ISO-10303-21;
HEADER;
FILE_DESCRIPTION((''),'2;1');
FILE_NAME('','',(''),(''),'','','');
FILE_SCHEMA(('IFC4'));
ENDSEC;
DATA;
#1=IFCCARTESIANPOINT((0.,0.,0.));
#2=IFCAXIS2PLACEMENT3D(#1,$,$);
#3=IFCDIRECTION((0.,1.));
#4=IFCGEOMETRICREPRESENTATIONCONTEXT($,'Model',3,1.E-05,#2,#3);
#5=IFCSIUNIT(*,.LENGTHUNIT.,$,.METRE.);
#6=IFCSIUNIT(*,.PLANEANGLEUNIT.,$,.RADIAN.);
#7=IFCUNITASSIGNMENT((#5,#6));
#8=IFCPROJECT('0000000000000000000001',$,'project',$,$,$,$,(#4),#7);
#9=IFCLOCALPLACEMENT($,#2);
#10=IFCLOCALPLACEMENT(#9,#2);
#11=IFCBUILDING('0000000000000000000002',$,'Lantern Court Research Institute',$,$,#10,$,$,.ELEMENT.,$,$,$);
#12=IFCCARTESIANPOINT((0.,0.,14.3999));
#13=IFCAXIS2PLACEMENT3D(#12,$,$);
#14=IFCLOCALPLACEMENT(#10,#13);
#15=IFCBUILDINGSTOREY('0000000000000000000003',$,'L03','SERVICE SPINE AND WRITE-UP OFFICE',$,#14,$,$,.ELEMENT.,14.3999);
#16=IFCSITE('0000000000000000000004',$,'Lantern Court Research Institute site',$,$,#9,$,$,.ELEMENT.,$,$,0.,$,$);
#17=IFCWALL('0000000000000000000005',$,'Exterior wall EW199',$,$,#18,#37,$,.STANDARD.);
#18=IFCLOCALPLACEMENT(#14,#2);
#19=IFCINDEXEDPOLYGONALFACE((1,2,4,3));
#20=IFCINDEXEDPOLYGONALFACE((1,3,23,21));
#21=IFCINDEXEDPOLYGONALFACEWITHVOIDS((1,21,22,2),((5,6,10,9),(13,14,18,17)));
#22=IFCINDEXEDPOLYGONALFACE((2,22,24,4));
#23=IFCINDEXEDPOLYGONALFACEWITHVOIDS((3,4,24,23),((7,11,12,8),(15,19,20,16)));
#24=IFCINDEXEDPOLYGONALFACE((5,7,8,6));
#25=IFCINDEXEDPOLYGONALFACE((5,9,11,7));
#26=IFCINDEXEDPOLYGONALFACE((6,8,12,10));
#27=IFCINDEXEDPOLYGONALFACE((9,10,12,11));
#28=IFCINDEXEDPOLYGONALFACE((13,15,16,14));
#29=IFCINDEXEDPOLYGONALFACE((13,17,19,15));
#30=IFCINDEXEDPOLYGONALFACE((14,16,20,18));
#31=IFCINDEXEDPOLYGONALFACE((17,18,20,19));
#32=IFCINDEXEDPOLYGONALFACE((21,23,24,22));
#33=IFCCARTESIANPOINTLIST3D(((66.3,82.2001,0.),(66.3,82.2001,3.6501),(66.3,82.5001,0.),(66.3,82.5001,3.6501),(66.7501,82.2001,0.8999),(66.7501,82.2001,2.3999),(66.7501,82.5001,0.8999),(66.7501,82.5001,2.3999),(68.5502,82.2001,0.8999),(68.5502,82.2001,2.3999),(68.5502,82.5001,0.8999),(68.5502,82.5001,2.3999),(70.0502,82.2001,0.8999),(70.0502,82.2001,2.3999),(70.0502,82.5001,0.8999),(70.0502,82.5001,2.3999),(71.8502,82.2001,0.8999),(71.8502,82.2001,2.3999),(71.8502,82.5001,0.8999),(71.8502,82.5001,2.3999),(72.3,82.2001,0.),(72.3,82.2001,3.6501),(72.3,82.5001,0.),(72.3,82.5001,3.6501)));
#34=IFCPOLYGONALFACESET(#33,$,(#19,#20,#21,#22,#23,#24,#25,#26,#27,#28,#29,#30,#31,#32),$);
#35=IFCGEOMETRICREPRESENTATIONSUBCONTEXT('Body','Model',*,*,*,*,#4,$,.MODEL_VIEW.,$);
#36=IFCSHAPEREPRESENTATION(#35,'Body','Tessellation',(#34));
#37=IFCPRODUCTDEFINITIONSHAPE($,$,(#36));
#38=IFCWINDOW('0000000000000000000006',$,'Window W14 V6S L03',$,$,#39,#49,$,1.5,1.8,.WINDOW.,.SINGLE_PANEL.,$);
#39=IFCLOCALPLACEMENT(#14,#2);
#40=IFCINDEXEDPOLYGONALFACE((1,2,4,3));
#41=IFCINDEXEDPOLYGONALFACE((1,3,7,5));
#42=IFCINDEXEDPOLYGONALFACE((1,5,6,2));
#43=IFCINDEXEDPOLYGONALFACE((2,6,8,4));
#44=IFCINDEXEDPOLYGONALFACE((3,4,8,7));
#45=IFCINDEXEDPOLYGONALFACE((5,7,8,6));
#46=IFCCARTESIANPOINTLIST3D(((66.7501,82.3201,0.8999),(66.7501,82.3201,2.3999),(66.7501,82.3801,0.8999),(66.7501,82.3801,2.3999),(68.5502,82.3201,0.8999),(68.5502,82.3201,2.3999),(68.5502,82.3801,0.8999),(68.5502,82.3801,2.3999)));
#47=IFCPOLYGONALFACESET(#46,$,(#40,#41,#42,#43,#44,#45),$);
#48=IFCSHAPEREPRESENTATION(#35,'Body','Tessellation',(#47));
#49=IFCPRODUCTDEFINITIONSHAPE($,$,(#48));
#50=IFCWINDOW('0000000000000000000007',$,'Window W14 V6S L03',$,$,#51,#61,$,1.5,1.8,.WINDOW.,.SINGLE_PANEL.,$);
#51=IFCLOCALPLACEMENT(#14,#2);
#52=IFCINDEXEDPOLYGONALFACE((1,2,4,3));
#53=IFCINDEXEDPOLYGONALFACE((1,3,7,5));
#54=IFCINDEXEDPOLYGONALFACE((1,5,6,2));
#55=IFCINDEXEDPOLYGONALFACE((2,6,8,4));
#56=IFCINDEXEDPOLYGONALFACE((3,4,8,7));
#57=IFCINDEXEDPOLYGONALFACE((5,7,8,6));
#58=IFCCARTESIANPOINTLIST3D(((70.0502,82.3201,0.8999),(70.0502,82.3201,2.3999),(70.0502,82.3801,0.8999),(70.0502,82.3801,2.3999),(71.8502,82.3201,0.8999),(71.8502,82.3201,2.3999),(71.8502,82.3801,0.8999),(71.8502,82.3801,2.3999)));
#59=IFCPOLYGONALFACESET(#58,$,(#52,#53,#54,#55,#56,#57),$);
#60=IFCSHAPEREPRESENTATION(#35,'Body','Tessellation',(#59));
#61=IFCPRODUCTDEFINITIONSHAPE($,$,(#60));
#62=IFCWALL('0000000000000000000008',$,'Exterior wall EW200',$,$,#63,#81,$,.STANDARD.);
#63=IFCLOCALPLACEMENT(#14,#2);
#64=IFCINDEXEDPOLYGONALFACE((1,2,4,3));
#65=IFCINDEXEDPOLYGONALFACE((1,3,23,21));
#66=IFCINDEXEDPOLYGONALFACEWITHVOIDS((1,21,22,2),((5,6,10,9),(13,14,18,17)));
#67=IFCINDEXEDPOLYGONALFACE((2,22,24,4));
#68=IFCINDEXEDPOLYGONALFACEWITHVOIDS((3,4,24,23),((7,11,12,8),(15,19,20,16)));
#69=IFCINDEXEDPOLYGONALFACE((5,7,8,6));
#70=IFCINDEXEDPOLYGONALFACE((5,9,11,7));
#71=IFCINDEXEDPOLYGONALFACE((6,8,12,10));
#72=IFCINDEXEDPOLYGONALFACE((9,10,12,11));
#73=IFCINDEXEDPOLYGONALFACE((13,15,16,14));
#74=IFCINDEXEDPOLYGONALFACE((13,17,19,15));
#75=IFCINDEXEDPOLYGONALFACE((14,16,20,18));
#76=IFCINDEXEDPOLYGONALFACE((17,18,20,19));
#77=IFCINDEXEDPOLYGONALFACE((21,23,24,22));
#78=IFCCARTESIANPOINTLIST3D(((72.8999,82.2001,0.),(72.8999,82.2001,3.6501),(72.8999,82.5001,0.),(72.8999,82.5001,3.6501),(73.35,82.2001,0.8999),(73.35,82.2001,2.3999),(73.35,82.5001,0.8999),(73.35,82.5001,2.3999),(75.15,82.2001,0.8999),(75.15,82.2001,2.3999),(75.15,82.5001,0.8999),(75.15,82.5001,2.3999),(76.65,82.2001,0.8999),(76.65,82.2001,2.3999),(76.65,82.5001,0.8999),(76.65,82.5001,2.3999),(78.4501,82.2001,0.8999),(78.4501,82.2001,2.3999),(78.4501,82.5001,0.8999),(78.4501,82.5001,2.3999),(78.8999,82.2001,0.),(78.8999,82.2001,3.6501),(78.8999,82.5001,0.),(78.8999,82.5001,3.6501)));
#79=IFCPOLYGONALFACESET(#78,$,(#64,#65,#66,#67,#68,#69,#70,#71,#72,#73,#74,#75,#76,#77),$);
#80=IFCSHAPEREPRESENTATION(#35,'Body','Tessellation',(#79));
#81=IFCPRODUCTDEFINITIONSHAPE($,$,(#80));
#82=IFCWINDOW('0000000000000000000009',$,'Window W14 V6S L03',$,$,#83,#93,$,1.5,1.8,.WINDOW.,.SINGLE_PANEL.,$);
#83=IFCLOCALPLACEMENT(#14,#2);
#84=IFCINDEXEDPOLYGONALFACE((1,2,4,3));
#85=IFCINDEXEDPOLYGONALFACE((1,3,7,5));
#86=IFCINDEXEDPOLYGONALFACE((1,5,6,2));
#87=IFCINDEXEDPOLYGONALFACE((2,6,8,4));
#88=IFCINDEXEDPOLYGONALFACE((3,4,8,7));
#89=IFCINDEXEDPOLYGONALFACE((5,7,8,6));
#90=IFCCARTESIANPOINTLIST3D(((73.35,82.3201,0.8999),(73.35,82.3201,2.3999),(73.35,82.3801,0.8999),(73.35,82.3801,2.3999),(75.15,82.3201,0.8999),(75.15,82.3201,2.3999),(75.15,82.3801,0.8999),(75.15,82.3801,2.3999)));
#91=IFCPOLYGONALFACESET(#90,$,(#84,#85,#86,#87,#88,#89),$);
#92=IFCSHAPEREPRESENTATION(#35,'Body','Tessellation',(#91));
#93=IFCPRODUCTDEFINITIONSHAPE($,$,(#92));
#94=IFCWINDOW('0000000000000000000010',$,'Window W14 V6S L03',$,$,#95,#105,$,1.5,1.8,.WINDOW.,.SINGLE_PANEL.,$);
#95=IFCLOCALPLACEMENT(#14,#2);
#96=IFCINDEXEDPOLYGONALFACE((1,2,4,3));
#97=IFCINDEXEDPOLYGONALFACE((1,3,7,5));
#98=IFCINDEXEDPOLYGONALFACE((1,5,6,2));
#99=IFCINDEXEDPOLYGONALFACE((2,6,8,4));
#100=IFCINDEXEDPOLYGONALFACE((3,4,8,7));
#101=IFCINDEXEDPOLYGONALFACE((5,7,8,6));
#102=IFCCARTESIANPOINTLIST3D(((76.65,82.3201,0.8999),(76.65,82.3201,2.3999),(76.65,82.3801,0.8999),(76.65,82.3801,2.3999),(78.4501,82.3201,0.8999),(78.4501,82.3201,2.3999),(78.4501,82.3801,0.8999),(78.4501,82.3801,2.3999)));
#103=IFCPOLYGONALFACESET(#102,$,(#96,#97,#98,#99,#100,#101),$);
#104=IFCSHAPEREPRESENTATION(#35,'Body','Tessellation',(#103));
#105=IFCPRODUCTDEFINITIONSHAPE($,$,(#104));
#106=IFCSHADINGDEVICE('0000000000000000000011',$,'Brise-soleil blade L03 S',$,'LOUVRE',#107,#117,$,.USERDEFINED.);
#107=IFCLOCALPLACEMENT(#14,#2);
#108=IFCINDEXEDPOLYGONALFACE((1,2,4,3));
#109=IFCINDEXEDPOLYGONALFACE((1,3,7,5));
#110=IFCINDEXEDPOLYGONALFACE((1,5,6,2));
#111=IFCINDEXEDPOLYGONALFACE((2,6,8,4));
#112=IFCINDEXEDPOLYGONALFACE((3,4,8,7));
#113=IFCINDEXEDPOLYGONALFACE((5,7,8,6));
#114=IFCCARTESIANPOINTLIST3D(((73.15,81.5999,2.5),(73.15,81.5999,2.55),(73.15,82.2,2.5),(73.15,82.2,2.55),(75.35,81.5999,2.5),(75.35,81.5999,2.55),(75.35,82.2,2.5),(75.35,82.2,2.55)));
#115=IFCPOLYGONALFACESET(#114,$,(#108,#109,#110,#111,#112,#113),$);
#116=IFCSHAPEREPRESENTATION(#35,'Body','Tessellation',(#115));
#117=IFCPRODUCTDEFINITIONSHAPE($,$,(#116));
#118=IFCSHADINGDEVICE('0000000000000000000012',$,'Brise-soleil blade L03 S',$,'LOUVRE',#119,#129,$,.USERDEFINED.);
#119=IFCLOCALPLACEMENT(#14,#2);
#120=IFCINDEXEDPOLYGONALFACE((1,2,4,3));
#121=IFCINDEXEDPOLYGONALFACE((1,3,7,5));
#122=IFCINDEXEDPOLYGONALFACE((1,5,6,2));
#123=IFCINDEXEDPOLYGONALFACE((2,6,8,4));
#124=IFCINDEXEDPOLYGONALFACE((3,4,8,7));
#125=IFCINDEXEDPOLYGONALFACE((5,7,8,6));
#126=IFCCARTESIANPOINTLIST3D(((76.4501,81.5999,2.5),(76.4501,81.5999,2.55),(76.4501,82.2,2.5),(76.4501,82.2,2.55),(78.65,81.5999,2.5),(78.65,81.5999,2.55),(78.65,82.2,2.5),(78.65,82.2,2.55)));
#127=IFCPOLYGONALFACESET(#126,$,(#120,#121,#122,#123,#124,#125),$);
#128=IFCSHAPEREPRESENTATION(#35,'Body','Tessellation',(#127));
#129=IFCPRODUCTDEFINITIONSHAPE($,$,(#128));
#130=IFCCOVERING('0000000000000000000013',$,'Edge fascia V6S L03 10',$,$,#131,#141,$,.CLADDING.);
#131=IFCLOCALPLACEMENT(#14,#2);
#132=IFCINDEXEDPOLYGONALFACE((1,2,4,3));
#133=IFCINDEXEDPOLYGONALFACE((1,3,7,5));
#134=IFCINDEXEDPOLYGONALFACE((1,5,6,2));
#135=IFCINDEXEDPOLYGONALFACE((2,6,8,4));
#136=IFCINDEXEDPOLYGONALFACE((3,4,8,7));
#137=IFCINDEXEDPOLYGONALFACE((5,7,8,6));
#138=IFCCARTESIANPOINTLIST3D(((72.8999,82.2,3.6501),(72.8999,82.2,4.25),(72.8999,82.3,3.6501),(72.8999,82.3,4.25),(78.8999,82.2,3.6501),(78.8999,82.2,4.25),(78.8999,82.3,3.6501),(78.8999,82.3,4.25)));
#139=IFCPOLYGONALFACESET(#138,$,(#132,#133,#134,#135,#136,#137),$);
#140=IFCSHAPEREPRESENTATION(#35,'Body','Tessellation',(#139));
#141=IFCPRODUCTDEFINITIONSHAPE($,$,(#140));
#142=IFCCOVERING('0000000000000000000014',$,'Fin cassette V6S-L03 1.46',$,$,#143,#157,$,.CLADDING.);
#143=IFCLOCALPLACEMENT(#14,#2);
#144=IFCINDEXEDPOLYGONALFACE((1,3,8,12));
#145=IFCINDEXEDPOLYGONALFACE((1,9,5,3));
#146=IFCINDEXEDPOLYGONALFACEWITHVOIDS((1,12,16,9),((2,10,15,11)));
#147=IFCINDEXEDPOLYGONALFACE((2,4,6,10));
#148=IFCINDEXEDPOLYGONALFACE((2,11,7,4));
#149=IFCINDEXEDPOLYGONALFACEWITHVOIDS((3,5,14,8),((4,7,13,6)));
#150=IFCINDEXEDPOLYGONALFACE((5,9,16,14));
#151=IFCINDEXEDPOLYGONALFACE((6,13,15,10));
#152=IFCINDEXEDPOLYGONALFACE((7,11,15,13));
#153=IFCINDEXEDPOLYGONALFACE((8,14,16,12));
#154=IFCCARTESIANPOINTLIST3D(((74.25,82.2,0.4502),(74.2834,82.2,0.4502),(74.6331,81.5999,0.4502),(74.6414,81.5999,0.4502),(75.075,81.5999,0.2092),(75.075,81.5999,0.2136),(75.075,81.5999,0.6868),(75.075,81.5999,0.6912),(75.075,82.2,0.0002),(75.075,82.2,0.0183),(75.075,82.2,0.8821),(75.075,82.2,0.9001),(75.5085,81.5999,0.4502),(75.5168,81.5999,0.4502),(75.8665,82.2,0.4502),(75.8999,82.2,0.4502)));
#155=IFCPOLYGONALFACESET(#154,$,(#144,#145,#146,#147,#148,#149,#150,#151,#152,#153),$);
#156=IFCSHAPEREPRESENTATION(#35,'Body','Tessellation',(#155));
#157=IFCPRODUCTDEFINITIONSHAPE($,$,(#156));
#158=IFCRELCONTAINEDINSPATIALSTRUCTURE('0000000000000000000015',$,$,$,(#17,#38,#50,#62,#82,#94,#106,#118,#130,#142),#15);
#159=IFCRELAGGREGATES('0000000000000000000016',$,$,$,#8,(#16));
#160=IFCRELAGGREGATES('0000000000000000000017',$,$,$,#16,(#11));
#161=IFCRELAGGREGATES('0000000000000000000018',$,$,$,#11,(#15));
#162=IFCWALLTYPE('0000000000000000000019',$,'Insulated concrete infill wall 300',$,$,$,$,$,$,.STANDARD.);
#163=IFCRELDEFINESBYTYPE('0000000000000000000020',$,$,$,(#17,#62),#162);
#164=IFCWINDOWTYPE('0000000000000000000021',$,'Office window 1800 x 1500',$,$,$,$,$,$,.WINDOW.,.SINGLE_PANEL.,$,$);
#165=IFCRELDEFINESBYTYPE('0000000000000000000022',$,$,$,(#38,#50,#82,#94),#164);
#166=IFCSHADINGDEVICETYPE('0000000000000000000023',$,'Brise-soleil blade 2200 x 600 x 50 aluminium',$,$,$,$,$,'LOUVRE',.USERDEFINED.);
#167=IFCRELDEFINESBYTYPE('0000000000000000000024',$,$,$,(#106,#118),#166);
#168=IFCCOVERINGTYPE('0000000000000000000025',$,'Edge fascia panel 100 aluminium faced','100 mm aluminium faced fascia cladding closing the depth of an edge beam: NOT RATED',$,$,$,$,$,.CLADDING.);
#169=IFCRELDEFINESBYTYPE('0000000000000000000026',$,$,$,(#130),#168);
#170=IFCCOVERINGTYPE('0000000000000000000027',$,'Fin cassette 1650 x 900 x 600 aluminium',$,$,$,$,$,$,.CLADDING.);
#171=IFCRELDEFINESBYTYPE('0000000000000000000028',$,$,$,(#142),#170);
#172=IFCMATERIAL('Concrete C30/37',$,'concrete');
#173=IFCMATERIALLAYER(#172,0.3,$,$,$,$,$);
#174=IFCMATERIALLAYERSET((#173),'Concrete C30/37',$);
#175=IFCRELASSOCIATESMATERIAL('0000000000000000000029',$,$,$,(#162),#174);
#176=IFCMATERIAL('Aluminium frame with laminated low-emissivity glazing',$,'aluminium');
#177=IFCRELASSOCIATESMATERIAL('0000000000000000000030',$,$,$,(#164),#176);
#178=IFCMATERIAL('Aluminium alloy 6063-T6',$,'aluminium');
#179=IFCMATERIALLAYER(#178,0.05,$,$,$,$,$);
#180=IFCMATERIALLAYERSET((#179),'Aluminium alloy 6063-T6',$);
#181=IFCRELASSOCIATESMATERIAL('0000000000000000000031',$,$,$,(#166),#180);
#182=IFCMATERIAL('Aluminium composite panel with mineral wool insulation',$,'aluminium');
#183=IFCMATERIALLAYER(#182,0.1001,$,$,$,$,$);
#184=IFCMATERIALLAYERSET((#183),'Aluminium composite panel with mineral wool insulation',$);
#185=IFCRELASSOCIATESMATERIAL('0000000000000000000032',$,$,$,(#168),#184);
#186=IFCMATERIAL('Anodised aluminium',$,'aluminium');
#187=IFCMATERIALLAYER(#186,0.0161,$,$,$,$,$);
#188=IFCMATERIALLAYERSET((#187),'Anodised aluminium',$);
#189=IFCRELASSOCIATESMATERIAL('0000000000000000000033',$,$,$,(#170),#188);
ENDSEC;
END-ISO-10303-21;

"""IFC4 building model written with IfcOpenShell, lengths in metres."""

from ifc_helpers import new_model, entity, si_unit, direction, frame, frame_2d, origin, origin_2d, place, context, subcontext, project, spatial, rectangle, extrude, material, layer, layer_set, type_object, element, fill, save


model = new_model("IFC4")

# Units and contexts
model_context = context("Model", 3, precision=1e-05, world=origin(), true_north=direction((0.0, 1.0)))
body_context = subcontext(model_context, "Body", "Model", "MODEL_VIEW")
ifc_project = project(units=[si_unit("LENGTHUNIT", "METRE"), si_unit("PLANEANGLEUNIT", "RADIAN")], contexts=[model_context])

# Site, building, storey
site_placement = place(None, origin())
site = spatial("IfcSite", under=ifc_project, at=site_placement, Name="Lantern Court Research Institute site", CompositionType="ELEMENT", RefElevation=0.0)
building_placement = place(site_placement, origin())
building = spatial("IfcBuilding", under=site, at=building_placement, Name="Lantern Court Research Institute", CompositionType="ELEMENT")
storey_placement = place(building_placement, frame((0.0, 0.0, 14.3999)))
storey = spatial("IfcBuildingStorey", under=building, at=storey_placement, Name="L03", Description="SERVICE SPINE AND WRITE-UP OFFICE", CompositionType="ELEMENT", Elevation=14.3999)

# Walls, openings, windows
ifc_material_1 = material(Name="Concrete C30/37", Category="concrete")
ifc_layer_1 = layer(ifc_material_1, 0.3)
ifc_layer_set_1 = layer_set([ifc_layer_1], Name="Concrete C30/37")
wall_type = type_object("IfcWallType", Name="Insulated concrete infill wall 300", PredefinedType="STANDARD", material=ifc_layer_set_1)
wall_1_placement = place(storey_placement, frame((72.3, 82.3501, 0.0), z_axis=(0.0, 0.0, 1.0), x_axis=(-1.0, 0.0, 0.0)))
wall_1 = element("IfcWall", 1, at=wall_1_placement, inside=storey, type_object=wall_type, Name="Exterior wall EW199", PredefinedType="STANDARD", context=body_context, shape_type="SweptSolid", body=[
    extrude(rectangle(XDim=6.0, YDim=0.3, at=frame_2d((3.0, 0.0))), origin(), (0.0, 0.0, 1.0), 3.6501),
])
opening_1_placement = place(wall_1_placement, frame((3.75, 0.0, 0.8999)))
opening_1 = element("IfcOpeningElement", 2, at=opening_1_placement, cuts=wall_1, PredefinedType="OPENING", context=body_context, shape_type="SweptSolid", body=[
    extrude(rectangle(XDim=1.8, YDim=1.5, at=frame_2d((0.8999, 0.75))), frame((0.0, 0.1599, 0.0), z_axis=(0.0, -1.0, 0.0), x_axis=(1.0, 0.0, 0.0)), (0.0, 0.0, 1.0), 0.3201),
])
opening_2_placement = place(wall_1_placement, frame((0.45, 0.0, 0.8999)))
opening_2 = element("IfcOpeningElement", 3, at=opening_2_placement, cuts=wall_1, PredefinedType="OPENING", context=body_context, shape_type="SweptSolid", body=[
    extrude(rectangle(XDim=1.8, YDim=1.5, at=frame_2d((0.8999, 0.75))), frame((0.0, 0.1599, 0.0), z_axis=(0.0, -1.0, 0.0), x_axis=(1.0, 0.0, 0.0)), (0.0, 0.0, 1.0), 0.3201),
])
ifc_material_2 = material(Name="Aluminium frame with laminated low-emissivity glazing", Category="aluminium")
window_type = type_object("IfcWindowType", Name="Office window 1800 x 1500", PartitioningType="SINGLE_PANEL", PredefinedType="WINDOW", material=ifc_material_2)
window_1_placement = place(opening_1_placement, origin())
window_1 = element("IfcWindow", 4, at=window_1_placement, inside=storey, type_object=window_type, Name="Window W14 V6S L03", OverallHeight=1.5, OverallWidth=1.8, PartitioningType="SINGLE_PANEL", PredefinedType="WINDOW", context=body_context, shape_type="SweptSolid", body=[
    extrude(rectangle(XDim=1.8, YDim=1.5, at=frame_2d((0.8999, 0.75))), frame((0.0, 0.03, 0.0), z_axis=(0.0, -1.0, 0.0), x_axis=(1.0, 0.0, 0.0)), (0.0, 0.0, 1.0), 0.0601),
])
fill(opening_1, window_1)
window_2_placement = place(opening_2_placement, origin())
window_2 = element("IfcWindow", 5, at=window_2_placement, inside=storey, type_object=window_type, Name="Window W14 V6S L03", OverallHeight=1.5, OverallWidth=1.8, PartitioningType="SINGLE_PANEL", PredefinedType="WINDOW", context=body_context, shape_type="SweptSolid", body=[
    extrude(rectangle(XDim=1.8, YDim=1.5, at=frame_2d((0.8999, 0.75))), frame((0.0, 0.03, 0.0), z_axis=(0.0, -1.0, 0.0), x_axis=(1.0, 0.0, 0.0)), (0.0, 0.0, 1.0), 0.0601),
])
fill(opening_2, window_2)
wall_2_placement = place(storey_placement, frame((78.8999, 82.3501, 0.0), z_axis=(0.0, 0.0, 1.0), x_axis=(-1.0, 0.0, 0.0)))
wall_2 = element("IfcWall", 6, at=wall_2_placement, inside=storey, type_object=wall_type, Name="Exterior wall EW200", PredefinedType="STANDARD", context=body_context, shape_type="SweptSolid", body=[
    extrude(rectangle(XDim=6.0, YDim=0.3, at=frame_2d((3.0, 0.0))), origin(), (0.0, 0.0, 1.0), 3.6501),
])
opening_3_placement = place(wall_2_placement, frame((3.75, 0.0, 0.8999)))
opening_3 = element("IfcOpeningElement", 7, at=opening_3_placement, cuts=wall_2, PredefinedType="OPENING", context=body_context, shape_type="SweptSolid", body=[
    extrude(rectangle(XDim=1.8, YDim=1.5, at=frame_2d((0.8999, 0.75))), frame((0.0, 0.1599, 0.0), z_axis=(0.0, -1.0, 0.0), x_axis=(1.0, 0.0, 0.0)), (0.0, 0.0, 1.0), 0.3201),
])
opening_4_placement = place(wall_2_placement, frame((0.45, 0.0, 0.8999)))
opening_4 = element("IfcOpeningElement", 8, at=opening_4_placement, cuts=wall_2, PredefinedType="OPENING", context=body_context, shape_type="SweptSolid", body=[
    extrude(rectangle(XDim=1.8, YDim=1.5, at=frame_2d((0.8999, 0.75))), frame((0.0, 0.1599, 0.0), z_axis=(0.0, -1.0, 0.0), x_axis=(1.0, 0.0, 0.0)), (0.0, 0.0, 1.0), 0.3201),
])
window_3_placement = place(opening_3_placement, origin())
window_3 = element("IfcWindow", 9, at=window_3_placement, inside=storey, type_object=window_type, Name="Window W14 V6S L03", OverallHeight=1.5, OverallWidth=1.8, PartitioningType="SINGLE_PANEL", PredefinedType="WINDOW", context=body_context, shape_type="SweptSolid", body=[
    extrude(rectangle(XDim=1.8, YDim=1.5, at=frame_2d((0.8999, 0.75))), frame((0.0, 0.03, 0.0), z_axis=(0.0, -1.0, 0.0), x_axis=(1.0, 0.0, 0.0)), (0.0, 0.0, 1.0), 0.0601),
])
fill(opening_3, window_3)
window_4_placement = place(opening_4_placement, origin())
window_4 = element("IfcWindow", 10, at=window_4_placement, inside=storey, type_object=window_type, Name="Window W14 V6S L03", OverallHeight=1.5, OverallWidth=1.8, PartitioningType="SINGLE_PANEL", PredefinedType="WINDOW", context=body_context, shape_type="SweptSolid", body=[
    extrude(rectangle(XDim=1.8, YDim=1.5, at=frame_2d((0.8999, 0.75))), frame((0.0, 0.03, 0.0), z_axis=(0.0, -1.0, 0.0), x_axis=(1.0, 0.0, 0.0)), (0.0, 0.0, 1.0), 0.0601),
])
fill(opening_4, window_4)

# Shading devices
ifc_material_3 = material(Name="Aluminium alloy 6063-T6", Category="aluminium")
ifc_layer_2 = layer(ifc_material_3, 0.05)
ifc_layer_set_2 = layer_set([ifc_layer_2], Name="Aluminium alloy 6063-T6")
shading_device_type = type_object("IfcShadingDeviceType", Name="Brise-soleil blade 2200 x 600 x 50 aluminium", ElementType="LOUVRE", PredefinedType="USERDEFINED", material=ifc_layer_set_2)
for number, where, z_axis, x_axis, name in (
    (11, (74.25, 81.8999, 2.5), (0.0, 0.0, 1.0), (-1.0, 0.0, 0.0), "Brise-soleil blade L03 S"),
    (12, (77.55, 81.8999, 2.5), (0.0, 0.0, 1.0), (-1.0, 0.0, 0.0), "Brise-soleil blade L03 S"),
):
    element("IfcShadingDevice", number, at=place(storey_placement, frame(where, z_axis=z_axis, x_axis=x_axis)), inside=storey, type_object=shading_device_type, Name=name, ObjectType="LOUVRE", PredefinedType="USERDEFINED", context=body_context, shape_type="SweptSolid", body=[
        extrude(rectangle(XDim=2.2, YDim=0.6001, at=origin_2d()), origin(), (0.0, 0.0, 1.0), 0.05),
    ])

# Coverings
ifc_material_4 = material(Name="Aluminium composite panel with mineral wool insulation", Category="aluminium")
ifc_layer_3 = layer(ifc_material_4, 0.1001)
ifc_layer_set_3 = layer_set([ifc_layer_3], Name="Aluminium composite panel with mineral wool insulation")
covering_type_1 = type_object("IfcCoveringType", Name="Edge fascia panel 100 aluminium faced", Description="100 mm aluminium faced fascia cladding closing the depth of an edge beam: NOT RATED", PredefinedType="CLADDING", material=ifc_layer_set_3)
covering_1_placement = place(storey_placement, frame((78.8999, 82.25, 3.6501), z_axis=(0.0, 0.0, 1.0), x_axis=(-1.0, 0.0, 0.0)))
element("IfcCovering", 13, at=covering_1_placement, inside=storey, type_object=covering_type_1, Name="Edge fascia V6S L03 10", PredefinedType="CLADDING", context=body_context, shape_type="SweptSolid", body=[
    extrude(rectangle(XDim=6.0, YDim=0.1001, at=frame_2d((3.0, 0.0))), origin(), (0.0, 0.0, 1.0), 0.5999),
])
ifc_material_5 = material(Name="Anodised aluminium", Category="aluminium")
ifc_layer_4 = layer(ifc_material_5, 0.0161)
ifc_layer_set_4 = layer_set([ifc_layer_4], Name="Anodised aluminium")
covering_type_2 = type_object("IfcCoveringType", Name="Fin cassette 1650 x 900 x 600 aluminium", PredefinedType="CLADDING", material=ifc_layer_set_4)
covering_2_placement = place(storey_placement, frame((75.075, 82.2, 0.4502), z_axis=(0.0, -1.0, 0.0), x_axis=(1.0, 0.0, 0.0)))
cartesian_point_1 = entity("IfcCartesianPoint", [0.825, 0.0])
cartesian_point_2 = entity("IfcCartesianPoint", [0.7915, 0.0])
cartesian_point_3 = entity("IfcCartesianPoint", [0.4419, 0.0])
cartesian_point_4 = entity("IfcCartesianPoint", [0.4336, 0.0])
element("IfcCovering", 14, at=covering_2_placement, inside=storey, type_object=covering_type_2, Name="Fin cassette V6S-L03 1.46", PredefinedType="CLADDING", context=body_context, shape_type="SweptSolid", body=[
    entity("IfcExtrudedAreaSolidTapered", entity("IfcArbitraryProfileDefWithVoids", "AREA", None, entity("IfcPolyline", [cartesian_point_1, entity("IfcCartesianPoint", [0.0, 0.45]), entity("IfcCartesianPoint", [-0.825, 0.0]), entity("IfcCartesianPoint", [0.0, -0.45]), cartesian_point_1]), [entity("IfcPolyline", [cartesian_point_2, entity("IfcCartesianPoint", [0.0, 0.4319]), entity("IfcCartesianPoint", [-0.7915, 0.0]), entity("IfcCartesianPoint", [0.0, -0.4319]), cartesian_point_2])]), entity("IfcAxis2Placement3D", entity("IfcCartesianPoint", [0.0, 0.0, 0.0])), entity("IfcDirection", [0.0, 0.0, 1.0]), 0.6001, entity("IfcArbitraryProfileDefWithVoids", "AREA", None, entity("IfcPolyline", [cartesian_point_3, entity("IfcCartesianPoint", [0.0, 0.241]), entity("IfcCartesianPoint", [-0.4419, 0.0]), entity("IfcCartesianPoint", [0.0, -0.241]), cartesian_point_3]), [entity("IfcPolyline", [cartesian_point_4, entity("IfcCartesianPoint", [0.0, 0.2366]), entity("IfcCartesianPoint", [-0.4336, 0.0]), entity("IfcCartesianPoint", [0.0, -0.2366]), cartesian_point_4])])),
])

save(model, "model.ifc")
